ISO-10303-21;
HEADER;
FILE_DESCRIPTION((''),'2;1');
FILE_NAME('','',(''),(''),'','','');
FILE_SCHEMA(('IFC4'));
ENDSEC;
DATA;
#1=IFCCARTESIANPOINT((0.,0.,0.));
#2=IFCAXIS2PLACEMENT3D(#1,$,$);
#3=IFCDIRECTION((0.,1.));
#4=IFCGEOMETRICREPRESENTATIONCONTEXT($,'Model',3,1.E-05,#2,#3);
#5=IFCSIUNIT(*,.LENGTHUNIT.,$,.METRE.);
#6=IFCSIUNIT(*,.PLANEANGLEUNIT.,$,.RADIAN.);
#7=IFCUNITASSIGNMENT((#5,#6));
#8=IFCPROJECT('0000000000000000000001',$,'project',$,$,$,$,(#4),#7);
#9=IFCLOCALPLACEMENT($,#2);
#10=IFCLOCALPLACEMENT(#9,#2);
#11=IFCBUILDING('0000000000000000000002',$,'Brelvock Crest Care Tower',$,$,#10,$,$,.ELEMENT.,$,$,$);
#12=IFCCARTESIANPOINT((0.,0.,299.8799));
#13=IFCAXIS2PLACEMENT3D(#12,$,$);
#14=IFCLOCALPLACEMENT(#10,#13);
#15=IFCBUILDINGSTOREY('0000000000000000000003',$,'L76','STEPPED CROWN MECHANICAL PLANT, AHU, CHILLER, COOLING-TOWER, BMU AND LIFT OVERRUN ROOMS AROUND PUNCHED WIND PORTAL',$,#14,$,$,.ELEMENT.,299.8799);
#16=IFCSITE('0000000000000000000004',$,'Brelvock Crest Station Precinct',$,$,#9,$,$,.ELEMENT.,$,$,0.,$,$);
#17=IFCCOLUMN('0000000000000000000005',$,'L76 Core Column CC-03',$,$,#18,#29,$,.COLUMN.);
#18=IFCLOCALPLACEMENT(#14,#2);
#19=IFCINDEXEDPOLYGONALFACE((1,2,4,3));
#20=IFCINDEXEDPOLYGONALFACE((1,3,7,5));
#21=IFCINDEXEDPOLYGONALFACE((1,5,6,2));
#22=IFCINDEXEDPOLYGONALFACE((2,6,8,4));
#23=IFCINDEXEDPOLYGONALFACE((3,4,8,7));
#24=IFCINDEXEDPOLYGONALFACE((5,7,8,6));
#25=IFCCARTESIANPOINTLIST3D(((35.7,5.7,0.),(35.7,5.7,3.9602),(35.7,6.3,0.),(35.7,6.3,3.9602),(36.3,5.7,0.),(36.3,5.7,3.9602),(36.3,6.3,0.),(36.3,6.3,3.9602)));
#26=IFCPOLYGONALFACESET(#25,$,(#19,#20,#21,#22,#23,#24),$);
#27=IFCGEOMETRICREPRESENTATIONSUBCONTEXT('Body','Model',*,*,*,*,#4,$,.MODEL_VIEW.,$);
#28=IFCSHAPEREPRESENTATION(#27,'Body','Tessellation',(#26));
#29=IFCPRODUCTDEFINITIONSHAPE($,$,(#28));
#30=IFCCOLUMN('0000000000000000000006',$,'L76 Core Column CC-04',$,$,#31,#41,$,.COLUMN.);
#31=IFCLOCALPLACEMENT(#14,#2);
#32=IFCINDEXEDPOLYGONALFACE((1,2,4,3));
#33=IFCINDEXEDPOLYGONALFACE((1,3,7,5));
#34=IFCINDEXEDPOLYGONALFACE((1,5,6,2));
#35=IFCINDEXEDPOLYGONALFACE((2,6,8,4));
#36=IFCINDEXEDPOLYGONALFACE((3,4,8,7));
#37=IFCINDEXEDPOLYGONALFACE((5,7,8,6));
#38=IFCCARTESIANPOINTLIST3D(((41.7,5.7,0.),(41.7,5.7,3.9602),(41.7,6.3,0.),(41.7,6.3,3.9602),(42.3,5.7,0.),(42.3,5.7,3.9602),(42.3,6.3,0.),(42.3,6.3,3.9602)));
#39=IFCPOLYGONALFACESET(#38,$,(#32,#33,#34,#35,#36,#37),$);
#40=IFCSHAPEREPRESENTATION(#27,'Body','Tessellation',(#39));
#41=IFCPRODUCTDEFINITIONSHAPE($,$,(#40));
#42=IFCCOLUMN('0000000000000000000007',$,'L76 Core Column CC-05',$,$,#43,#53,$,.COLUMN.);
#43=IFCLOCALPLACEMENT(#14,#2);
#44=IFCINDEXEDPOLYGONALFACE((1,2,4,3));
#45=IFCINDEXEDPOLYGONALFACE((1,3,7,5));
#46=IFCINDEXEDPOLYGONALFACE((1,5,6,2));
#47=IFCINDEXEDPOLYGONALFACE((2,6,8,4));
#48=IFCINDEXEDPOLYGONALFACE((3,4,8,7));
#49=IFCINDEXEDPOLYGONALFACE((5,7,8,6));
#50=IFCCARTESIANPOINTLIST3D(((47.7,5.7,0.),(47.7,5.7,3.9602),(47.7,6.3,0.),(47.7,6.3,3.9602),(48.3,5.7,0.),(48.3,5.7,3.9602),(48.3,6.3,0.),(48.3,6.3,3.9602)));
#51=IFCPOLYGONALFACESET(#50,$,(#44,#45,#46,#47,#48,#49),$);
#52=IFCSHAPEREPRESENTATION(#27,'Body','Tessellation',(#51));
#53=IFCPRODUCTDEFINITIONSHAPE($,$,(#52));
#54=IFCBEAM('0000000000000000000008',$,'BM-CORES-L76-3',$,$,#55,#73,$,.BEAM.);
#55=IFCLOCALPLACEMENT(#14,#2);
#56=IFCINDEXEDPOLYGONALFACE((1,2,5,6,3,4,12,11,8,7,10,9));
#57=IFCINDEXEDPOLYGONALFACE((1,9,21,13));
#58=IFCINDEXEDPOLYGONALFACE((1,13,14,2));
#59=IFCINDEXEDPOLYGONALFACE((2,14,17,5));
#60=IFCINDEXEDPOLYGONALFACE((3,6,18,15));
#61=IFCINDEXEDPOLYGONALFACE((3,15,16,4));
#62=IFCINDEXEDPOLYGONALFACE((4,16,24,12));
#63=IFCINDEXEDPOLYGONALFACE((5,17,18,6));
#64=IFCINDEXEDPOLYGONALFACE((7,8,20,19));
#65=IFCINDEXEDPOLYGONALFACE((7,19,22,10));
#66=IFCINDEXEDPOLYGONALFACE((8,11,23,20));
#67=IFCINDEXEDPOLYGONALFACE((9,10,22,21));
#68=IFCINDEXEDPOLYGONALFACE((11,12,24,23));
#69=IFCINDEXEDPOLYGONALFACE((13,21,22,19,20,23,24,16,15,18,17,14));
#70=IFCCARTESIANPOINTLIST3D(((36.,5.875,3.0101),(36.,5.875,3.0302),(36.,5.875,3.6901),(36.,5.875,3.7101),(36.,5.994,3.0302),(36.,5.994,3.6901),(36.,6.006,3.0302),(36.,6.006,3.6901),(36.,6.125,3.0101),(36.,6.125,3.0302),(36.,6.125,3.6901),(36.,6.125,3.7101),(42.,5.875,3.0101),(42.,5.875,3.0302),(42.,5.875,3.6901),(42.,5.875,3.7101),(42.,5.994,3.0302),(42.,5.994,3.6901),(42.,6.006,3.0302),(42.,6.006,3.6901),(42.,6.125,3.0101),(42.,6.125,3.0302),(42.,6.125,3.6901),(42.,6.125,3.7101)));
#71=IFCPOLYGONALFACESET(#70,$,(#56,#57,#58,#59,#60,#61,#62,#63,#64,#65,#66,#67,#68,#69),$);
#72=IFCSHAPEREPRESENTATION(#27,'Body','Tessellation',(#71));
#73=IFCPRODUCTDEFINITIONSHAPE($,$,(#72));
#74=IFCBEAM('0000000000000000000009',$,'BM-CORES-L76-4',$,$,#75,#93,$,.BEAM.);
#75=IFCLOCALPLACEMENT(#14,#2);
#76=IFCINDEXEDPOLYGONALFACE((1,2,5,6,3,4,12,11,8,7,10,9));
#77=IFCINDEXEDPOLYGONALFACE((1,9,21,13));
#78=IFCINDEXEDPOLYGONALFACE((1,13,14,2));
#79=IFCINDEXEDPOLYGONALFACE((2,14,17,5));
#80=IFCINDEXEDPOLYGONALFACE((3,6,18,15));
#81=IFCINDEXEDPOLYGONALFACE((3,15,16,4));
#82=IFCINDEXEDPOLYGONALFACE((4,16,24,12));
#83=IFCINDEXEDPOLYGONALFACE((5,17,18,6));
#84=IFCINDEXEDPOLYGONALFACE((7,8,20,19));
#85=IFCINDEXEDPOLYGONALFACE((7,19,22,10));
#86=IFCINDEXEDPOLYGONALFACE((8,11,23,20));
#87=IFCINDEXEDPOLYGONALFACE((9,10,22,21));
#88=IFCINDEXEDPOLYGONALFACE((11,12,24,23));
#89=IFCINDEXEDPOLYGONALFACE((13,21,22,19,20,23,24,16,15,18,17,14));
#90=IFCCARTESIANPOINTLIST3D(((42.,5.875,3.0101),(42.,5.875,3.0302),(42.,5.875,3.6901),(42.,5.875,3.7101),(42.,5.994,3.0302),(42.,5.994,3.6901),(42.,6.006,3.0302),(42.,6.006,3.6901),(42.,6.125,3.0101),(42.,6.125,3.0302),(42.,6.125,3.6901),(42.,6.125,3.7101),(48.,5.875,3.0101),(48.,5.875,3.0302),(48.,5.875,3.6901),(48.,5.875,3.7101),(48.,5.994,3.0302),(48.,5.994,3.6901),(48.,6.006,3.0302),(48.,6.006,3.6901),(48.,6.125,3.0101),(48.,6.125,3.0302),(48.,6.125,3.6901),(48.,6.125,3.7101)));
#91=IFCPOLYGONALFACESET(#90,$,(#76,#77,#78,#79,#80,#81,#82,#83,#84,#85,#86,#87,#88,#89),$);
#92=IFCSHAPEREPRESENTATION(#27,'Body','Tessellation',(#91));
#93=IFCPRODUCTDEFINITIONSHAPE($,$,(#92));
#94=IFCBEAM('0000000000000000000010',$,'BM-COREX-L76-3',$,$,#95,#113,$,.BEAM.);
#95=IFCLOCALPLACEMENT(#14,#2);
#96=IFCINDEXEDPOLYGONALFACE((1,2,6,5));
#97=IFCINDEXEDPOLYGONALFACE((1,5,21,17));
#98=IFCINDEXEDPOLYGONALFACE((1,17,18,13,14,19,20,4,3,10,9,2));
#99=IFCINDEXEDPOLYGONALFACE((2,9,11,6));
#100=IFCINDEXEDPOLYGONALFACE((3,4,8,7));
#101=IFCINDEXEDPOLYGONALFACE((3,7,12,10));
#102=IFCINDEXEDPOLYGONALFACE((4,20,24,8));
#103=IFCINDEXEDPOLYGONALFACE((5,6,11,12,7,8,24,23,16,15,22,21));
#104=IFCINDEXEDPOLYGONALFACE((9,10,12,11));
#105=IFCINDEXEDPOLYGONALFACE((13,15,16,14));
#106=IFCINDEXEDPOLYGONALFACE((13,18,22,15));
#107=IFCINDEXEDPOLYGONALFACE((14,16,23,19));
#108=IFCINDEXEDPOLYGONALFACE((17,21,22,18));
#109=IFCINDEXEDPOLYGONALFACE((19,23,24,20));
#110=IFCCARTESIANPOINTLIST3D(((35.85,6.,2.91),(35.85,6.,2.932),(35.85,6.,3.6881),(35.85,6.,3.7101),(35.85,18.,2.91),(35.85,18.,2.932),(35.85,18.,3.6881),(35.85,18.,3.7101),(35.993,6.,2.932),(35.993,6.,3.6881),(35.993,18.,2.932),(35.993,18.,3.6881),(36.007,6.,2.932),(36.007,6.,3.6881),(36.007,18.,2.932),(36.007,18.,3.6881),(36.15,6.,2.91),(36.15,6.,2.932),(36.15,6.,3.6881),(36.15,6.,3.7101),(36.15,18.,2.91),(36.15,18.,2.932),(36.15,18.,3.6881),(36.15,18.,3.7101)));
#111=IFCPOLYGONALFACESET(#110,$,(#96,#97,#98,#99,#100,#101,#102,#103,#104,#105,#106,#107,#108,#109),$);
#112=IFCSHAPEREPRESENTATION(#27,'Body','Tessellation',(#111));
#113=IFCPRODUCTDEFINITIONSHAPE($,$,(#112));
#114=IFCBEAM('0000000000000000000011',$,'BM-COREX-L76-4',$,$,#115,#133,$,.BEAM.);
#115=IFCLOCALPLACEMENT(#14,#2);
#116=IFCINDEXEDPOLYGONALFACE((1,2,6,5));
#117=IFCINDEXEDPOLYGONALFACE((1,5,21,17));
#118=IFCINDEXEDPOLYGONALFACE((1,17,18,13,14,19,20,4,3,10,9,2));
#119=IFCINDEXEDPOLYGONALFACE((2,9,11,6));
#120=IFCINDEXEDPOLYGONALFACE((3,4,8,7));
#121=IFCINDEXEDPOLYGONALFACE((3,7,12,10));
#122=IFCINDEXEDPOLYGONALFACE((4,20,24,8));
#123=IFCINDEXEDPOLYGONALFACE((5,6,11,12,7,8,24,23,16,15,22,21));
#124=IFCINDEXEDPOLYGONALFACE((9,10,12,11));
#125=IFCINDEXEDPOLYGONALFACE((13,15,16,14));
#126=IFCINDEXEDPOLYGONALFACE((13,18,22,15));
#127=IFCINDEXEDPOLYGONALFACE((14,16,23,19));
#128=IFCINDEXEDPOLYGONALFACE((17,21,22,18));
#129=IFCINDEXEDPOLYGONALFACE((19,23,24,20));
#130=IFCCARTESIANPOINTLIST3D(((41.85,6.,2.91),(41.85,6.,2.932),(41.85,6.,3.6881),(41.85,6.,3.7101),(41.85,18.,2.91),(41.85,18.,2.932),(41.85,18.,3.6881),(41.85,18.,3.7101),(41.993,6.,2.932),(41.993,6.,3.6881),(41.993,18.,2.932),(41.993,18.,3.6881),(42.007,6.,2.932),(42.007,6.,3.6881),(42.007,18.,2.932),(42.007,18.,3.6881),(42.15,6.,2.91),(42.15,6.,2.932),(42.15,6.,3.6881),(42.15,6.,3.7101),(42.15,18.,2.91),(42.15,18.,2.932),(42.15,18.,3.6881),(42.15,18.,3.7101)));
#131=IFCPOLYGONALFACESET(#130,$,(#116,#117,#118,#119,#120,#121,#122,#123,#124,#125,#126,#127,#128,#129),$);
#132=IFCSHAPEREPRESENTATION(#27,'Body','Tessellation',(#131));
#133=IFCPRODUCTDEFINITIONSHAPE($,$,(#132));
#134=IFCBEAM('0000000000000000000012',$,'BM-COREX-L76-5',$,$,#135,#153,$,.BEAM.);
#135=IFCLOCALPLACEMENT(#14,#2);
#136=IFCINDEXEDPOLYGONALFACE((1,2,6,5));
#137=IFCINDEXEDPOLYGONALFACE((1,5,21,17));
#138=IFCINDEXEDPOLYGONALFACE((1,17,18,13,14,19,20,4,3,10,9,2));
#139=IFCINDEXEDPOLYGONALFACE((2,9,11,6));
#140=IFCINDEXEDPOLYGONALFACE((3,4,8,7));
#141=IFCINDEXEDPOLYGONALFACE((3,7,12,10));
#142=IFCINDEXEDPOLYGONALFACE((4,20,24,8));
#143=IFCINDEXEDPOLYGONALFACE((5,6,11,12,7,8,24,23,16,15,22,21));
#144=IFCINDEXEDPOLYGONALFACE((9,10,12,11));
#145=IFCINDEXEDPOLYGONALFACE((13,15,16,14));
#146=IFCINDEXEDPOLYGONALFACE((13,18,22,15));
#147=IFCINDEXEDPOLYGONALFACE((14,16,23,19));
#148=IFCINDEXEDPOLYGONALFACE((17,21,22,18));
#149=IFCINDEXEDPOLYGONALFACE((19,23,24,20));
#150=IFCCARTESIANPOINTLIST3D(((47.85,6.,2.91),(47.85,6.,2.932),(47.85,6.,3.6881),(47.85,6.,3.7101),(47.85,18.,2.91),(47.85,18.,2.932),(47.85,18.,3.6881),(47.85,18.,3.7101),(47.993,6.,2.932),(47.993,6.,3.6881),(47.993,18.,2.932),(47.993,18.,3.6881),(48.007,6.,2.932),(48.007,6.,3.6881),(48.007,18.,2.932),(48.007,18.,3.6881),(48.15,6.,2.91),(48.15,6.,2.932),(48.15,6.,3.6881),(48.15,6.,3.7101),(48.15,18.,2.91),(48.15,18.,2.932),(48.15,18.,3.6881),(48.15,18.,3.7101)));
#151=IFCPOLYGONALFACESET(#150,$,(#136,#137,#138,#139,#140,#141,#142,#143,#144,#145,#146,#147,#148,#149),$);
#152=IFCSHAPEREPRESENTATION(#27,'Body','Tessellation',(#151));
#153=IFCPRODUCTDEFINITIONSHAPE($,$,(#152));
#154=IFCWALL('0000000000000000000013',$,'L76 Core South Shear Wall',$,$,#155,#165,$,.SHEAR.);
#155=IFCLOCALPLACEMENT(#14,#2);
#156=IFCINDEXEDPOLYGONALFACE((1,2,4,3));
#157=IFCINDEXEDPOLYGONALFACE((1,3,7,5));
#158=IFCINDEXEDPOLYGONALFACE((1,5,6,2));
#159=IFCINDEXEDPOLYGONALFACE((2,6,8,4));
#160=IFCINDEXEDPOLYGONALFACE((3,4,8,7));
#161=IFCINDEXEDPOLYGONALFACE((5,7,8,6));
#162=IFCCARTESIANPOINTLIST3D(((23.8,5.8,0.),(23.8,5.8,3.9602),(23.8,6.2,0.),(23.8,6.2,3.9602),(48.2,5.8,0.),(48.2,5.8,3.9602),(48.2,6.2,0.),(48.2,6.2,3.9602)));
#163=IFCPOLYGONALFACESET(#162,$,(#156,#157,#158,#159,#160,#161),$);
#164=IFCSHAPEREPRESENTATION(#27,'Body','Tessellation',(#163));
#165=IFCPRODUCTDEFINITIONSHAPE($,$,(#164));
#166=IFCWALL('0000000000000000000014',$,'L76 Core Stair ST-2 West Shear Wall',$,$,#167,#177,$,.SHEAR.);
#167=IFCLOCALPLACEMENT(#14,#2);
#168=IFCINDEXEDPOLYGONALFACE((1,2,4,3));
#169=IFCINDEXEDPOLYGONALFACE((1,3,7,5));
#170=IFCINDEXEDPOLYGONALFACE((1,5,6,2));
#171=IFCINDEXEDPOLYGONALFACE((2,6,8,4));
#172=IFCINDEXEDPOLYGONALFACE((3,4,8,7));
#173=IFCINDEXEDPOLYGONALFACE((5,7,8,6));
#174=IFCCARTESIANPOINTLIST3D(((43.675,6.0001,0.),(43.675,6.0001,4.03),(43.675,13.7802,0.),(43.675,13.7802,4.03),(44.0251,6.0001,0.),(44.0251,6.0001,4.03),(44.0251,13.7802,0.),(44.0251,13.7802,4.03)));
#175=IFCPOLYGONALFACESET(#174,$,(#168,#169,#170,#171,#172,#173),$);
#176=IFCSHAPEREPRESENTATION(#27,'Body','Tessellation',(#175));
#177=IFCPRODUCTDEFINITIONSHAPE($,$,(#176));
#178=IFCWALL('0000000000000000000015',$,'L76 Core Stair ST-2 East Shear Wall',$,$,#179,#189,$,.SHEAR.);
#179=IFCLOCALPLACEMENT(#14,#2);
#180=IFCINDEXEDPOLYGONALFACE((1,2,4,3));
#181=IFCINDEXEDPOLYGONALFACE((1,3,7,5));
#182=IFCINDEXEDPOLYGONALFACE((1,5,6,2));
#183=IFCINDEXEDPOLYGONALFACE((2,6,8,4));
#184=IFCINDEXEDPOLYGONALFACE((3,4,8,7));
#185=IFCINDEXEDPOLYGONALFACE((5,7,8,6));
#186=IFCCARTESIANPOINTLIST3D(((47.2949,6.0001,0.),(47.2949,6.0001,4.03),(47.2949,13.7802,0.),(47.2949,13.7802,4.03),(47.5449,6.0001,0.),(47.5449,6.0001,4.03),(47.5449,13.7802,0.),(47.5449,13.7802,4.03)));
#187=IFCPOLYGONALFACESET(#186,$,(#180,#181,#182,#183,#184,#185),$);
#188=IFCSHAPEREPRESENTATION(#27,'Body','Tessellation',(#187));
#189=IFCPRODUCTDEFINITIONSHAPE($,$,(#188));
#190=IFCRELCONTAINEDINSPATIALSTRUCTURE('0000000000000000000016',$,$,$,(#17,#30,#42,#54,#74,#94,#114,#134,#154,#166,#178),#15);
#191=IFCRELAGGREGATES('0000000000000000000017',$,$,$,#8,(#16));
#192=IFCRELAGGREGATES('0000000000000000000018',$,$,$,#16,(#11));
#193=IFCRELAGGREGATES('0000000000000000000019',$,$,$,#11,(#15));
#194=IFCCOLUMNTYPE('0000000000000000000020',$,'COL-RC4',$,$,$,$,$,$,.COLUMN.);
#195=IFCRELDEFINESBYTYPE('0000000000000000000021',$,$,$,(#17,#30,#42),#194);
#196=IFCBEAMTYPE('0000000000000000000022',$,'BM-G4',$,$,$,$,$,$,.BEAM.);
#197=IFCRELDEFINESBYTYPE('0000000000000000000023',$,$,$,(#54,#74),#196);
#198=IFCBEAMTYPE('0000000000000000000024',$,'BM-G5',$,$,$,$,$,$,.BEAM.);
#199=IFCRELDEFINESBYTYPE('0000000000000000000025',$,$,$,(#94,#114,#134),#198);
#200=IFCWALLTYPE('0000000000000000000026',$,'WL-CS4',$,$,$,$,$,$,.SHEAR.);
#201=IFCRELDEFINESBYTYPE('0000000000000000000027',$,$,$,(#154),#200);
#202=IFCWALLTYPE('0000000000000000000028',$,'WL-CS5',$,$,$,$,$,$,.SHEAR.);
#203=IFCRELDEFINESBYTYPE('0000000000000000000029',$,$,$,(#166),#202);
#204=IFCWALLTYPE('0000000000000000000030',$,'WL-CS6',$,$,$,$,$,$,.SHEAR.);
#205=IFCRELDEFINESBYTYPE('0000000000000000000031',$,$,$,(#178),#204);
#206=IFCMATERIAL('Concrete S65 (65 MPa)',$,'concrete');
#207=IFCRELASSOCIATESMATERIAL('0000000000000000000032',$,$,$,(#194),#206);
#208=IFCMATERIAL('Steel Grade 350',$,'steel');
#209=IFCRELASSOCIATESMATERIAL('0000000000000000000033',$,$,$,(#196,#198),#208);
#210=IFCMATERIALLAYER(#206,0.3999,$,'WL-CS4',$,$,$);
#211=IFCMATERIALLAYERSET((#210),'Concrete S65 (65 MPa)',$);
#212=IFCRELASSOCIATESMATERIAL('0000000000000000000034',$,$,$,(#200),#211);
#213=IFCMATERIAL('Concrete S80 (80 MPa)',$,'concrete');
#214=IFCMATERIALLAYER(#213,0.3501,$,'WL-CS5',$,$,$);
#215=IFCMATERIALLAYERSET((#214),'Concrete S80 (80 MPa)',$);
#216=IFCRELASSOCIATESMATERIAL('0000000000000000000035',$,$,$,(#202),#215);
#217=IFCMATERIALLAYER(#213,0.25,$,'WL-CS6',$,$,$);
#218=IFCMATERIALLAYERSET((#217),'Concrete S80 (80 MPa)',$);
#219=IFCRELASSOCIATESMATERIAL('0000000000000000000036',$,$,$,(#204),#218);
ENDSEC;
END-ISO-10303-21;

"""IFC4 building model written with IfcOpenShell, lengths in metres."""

from ifc_helpers import new_model, si_unit, direction, frame, frame_2d, origin, origin_2d, place, context, subcontext, project, spatial, rectangle, i_section, extrude, source, transform, mapped, material, layer, layer_set, material_profile, profile_set, type_object, element, save


model = new_model("IFC4")

# Units and contexts
model_context = context("Model", 3, precision=1e-05, world=origin(), true_north=direction((0.0, 1.0)))
body_context = subcontext(model_context, "Body", "Model", "MODEL_VIEW")
ifc_project = project(units=[si_unit("LENGTHUNIT", "METRE"), si_unit("PLANEANGLEUNIT", "RADIAN")], contexts=[model_context])

# Site, building, storey
site_placement = place(None, origin())
site = spatial("IfcSite", under=ifc_project, at=site_placement, Name="Brelvock Crest Station Precinct", CompositionType="ELEMENT", RefElevation=0.0)
building_placement = place(site_placement, origin())
building = spatial("IfcBuilding", under=site, at=building_placement, Name="Brelvock Crest Care Tower", CompositionType="ELEMENT")
storey_placement = place(building_placement, frame((0.0, 0.0, 299.8799)))
storey = spatial("IfcBuildingStorey", under=building, at=storey_placement, Name="L76", Description="STEPPED CROWN MECHANICAL PLANT, AHU, CHILLER, COOLING-TOWER, BMU AND LIFT OVERRUN ROOMS AROUND PUNCHED WIND PORTAL", CompositionType="ELEMENT", Elevation=299.8799)

# Columns
ifc_material_1 = material(Name="Concrete S65 (65 MPa)", Category="concrete")
ifc_material_profile_1 = material_profile(ifc_material_1, rectangle(XDim=0.6001, YDim=0.6001, at=origin_2d()), Name="RC600x600")
ifc_profile_set_1 = profile_set([ifc_material_profile_1], Name="Concrete S65 (65 MPa)")
column_type = type_object("IfcColumnType", Name="COL-RC4", PredefinedType="COLUMN", material=ifc_profile_set_1)
shared_shape_1 = source(origin(), body_context, "Body", "SweptSolid", [
    extrude(rectangle(XDim=0.6001, YDim=0.6001, at=origin_2d()), origin(), (0.0, 0.0, 1.0), 3.9602),
])
for number, where, z_axis, x_axis, name in (
    (1, (36.0, 6.0, 0.0), (0.0, 0.0, 1.0), (1.0, 0.0, 0.0), "L76 Core Column CC-03"),
    (2, (42.0, 6.0, 0.0), (0.0, 0.0, 1.0), (1.0, 0.0, 0.0), "L76 Core Column CC-04"),
    (3, (48.0, 6.0, 0.0), (0.0, 0.0, 1.0), (1.0, 0.0, 0.0), "L76 Core Column CC-05"),
):
    element("IfcColumn", number, at=place(storey_placement, frame(where, z_axis=z_axis, x_axis=x_axis)), inside=storey, type_object=column_type, Name=name, PredefinedType="COLUMN", context=body_context, shape_type="MappedRepresentation", body=[
        mapped(shared_shape_1, transform((0.0, 0.0, 0.0), x_axis=(1.0, 0.0, 0.0), y_axis=(0.0, 1.0, 0.0), z_axis=(0.0, 0.0, 1.0), scale=1.0)),
    ])

# Beams
ifc_material_2 = material(Name="Steel Grade 350", Category="steel")
ifc_material_profile_2 = material_profile(ifc_material_2, i_section(OverallWidth=0.25, OverallDepth=0.7, WebThickness=0.012, FlangeThickness=0.02, at=origin_2d()), Name="700WB150")
ifc_profile_set_2 = profile_set([ifc_material_profile_2], Name="Steel Grade 350")
beam_type_1 = type_object("IfcBeamType", Name="BM-G4", PredefinedType="BEAM", material=ifc_profile_set_2)
shared_shape_2 = source(origin(), body_context, "Body", "SweptSolid", [
    extrude(i_section(OverallWidth=0.25, OverallDepth=0.7, WebThickness=0.012, FlangeThickness=0.02, at=origin_2d()), origin(), (0.0, 0.0, 1.0), 6.0),
])
for number, where, z_axis, x_axis, name in (
    (4, (36.0, 6.0, 3.3601), (1.0, 0.0, 0.0), (0.0, 1.0, 0.0), "BM-CORES-L76-3"),
    (5, (42.0, 6.0, 3.3601), (1.0, 0.0, 0.0), (0.0, 1.0, 0.0), "BM-CORES-L76-4"),
):
    element("IfcBeam", number, at=place(storey_placement, frame(where, z_axis=z_axis, x_axis=x_axis)), inside=storey, type_object=beam_type_1, Name=name, PredefinedType="BEAM", context=body_context, shape_type="MappedRepresentation", body=[
        mapped(shared_shape_2, transform((0.0, 0.0, 0.0), x_axis=(1.0, 0.0, 0.0), y_axis=(0.0, 1.0, 0.0), z_axis=(0.0, 0.0, 1.0), scale=1.0)),
    ])
ifc_material_profile_3 = material_profile(ifc_material_2, i_section(OverallWidth=0.3, OverallDepth=0.8, WebThickness=0.0139, FlangeThickness=0.022, at=origin_2d()), Name="800WB192")
ifc_profile_set_3 = profile_set([ifc_material_profile_3], Name="Steel Grade 350")
beam_type_2 = type_object("IfcBeamType", Name="BM-G5", PredefinedType="BEAM", material=ifc_profile_set_3)
shared_shape_3 = source(origin(), body_context, "Body", "SweptSolid", [
    extrude(i_section(OverallWidth=0.3, OverallDepth=0.8, WebThickness=0.0139, FlangeThickness=0.022, at=origin_2d()), origin(), (0.0, 0.0, 1.0), 12.0),
])
for number, where, z_axis, x_axis, name in (
    (6, (36.0, 6.0, 3.3101), (0.0, 1.0, 0.0), (-1.0, 0.0, 0.0), "BM-COREX-L76-3"),
    (7, (42.0, 6.0, 3.3101), (0.0, 1.0, 0.0), (-1.0, 0.0, 0.0), "BM-COREX-L76-4"),
    (8, (48.0, 6.0, 3.3101), (0.0, 1.0, 0.0), (-1.0, 0.0, 0.0), "BM-COREX-L76-5"),
):
    element("IfcBeam", number, at=place(storey_placement, frame(where, z_axis=z_axis, x_axis=x_axis)), inside=storey, type_object=beam_type_2, Name=name, PredefinedType="BEAM", context=body_context, shape_type="MappedRepresentation", body=[
        mapped(shared_shape_3, transform((0.0, 0.0, 0.0), x_axis=(1.0, 0.0, 0.0), y_axis=(0.0, 1.0, 0.0), z_axis=(0.0, 0.0, 1.0), scale=1.0)),
    ])

# Walls
ifc_layer_1 = layer(ifc_material_1, 0.3999, Name="WL-CS4")
ifc_layer_set_1 = layer_set([ifc_layer_1], Name="Concrete S65 (65 MPa)")
wall_type_1 = type_object("IfcWallType", Name="WL-CS4", PredefinedType="SHEAR", material=ifc_layer_set_1)
wall_1_placement = place(storey_placement, frame((48.2, 6.0, 0.0), z_axis=(0.0, 0.0, 1.0), x_axis=(-1.0, 0.0, 0.0)))
element("IfcWall", 9, at=wall_1_placement, inside=storey, type_object=wall_type_1, Name="L76 Core South Shear Wall", PredefinedType="SHEAR", context=body_context, shape_type="SweptSolid", body=[
    extrude(rectangle(XDim=24.3999, YDim=0.3999, at=frame_2d((12.2, 0.0))), origin(), (0.0, 0.0, 1.0), 3.9602),
])
ifc_material_3 = material(Name="Concrete S80 (80 MPa)", Category="concrete")
ifc_layer_2 = layer(ifc_material_3, 0.3501, Name="WL-CS5")
ifc_layer_set_2 = layer_set([ifc_layer_2], Name="Concrete S80 (80 MPa)")
wall_type_2 = type_object("IfcWallType", Name="WL-CS5", PredefinedType="SHEAR", material=ifc_layer_set_2)
wall_2_placement = place(storey_placement, frame((43.8501, 6.0, 0.0), z_axis=(0.0, 0.0, 1.0), x_axis=(0.0, 1.0, 0.0)))
element("IfcWall", 10, at=wall_2_placement, inside=storey, type_object=wall_type_2, Name="L76 Core Stair ST-2 West Shear Wall", PredefinedType="SHEAR", context=body_context, shape_type="SweptSolid", body=[
    extrude(rectangle(XDim=7.78, YDim=0.3501, at=frame_2d((3.8901, 0.0))), origin(), (0.0, 0.0, 1.0), 4.03),
])
ifc_layer_3 = layer(ifc_material_3, 0.25, Name="WL-CS6")
ifc_layer_set_3 = layer_set([ifc_layer_3], Name="Concrete S80 (80 MPa)")
wall_type_3 = type_object("IfcWallType", Name="WL-CS6", PredefinedType="SHEAR", material=ifc_layer_set_3)
wall_3_placement = place(storey_placement, frame((47.4199, 6.0, 0.0), z_axis=(0.0, 0.0, 1.0), x_axis=(0.0, 1.0, 0.0)))
element("IfcWall", 11, at=wall_3_placement, inside=storey, type_object=wall_type_3, Name="L76 Core Stair ST-2 East Shear Wall", PredefinedType="SHEAR", context=body_context, shape_type="SweptSolid", body=[
    extrude(rectangle(XDim=7.78, YDim=0.25, at=frame_2d((3.8901, 0.0))), origin(), (0.0, 0.0, 1.0), 4.03),
])

save(model, "model.ifc")
